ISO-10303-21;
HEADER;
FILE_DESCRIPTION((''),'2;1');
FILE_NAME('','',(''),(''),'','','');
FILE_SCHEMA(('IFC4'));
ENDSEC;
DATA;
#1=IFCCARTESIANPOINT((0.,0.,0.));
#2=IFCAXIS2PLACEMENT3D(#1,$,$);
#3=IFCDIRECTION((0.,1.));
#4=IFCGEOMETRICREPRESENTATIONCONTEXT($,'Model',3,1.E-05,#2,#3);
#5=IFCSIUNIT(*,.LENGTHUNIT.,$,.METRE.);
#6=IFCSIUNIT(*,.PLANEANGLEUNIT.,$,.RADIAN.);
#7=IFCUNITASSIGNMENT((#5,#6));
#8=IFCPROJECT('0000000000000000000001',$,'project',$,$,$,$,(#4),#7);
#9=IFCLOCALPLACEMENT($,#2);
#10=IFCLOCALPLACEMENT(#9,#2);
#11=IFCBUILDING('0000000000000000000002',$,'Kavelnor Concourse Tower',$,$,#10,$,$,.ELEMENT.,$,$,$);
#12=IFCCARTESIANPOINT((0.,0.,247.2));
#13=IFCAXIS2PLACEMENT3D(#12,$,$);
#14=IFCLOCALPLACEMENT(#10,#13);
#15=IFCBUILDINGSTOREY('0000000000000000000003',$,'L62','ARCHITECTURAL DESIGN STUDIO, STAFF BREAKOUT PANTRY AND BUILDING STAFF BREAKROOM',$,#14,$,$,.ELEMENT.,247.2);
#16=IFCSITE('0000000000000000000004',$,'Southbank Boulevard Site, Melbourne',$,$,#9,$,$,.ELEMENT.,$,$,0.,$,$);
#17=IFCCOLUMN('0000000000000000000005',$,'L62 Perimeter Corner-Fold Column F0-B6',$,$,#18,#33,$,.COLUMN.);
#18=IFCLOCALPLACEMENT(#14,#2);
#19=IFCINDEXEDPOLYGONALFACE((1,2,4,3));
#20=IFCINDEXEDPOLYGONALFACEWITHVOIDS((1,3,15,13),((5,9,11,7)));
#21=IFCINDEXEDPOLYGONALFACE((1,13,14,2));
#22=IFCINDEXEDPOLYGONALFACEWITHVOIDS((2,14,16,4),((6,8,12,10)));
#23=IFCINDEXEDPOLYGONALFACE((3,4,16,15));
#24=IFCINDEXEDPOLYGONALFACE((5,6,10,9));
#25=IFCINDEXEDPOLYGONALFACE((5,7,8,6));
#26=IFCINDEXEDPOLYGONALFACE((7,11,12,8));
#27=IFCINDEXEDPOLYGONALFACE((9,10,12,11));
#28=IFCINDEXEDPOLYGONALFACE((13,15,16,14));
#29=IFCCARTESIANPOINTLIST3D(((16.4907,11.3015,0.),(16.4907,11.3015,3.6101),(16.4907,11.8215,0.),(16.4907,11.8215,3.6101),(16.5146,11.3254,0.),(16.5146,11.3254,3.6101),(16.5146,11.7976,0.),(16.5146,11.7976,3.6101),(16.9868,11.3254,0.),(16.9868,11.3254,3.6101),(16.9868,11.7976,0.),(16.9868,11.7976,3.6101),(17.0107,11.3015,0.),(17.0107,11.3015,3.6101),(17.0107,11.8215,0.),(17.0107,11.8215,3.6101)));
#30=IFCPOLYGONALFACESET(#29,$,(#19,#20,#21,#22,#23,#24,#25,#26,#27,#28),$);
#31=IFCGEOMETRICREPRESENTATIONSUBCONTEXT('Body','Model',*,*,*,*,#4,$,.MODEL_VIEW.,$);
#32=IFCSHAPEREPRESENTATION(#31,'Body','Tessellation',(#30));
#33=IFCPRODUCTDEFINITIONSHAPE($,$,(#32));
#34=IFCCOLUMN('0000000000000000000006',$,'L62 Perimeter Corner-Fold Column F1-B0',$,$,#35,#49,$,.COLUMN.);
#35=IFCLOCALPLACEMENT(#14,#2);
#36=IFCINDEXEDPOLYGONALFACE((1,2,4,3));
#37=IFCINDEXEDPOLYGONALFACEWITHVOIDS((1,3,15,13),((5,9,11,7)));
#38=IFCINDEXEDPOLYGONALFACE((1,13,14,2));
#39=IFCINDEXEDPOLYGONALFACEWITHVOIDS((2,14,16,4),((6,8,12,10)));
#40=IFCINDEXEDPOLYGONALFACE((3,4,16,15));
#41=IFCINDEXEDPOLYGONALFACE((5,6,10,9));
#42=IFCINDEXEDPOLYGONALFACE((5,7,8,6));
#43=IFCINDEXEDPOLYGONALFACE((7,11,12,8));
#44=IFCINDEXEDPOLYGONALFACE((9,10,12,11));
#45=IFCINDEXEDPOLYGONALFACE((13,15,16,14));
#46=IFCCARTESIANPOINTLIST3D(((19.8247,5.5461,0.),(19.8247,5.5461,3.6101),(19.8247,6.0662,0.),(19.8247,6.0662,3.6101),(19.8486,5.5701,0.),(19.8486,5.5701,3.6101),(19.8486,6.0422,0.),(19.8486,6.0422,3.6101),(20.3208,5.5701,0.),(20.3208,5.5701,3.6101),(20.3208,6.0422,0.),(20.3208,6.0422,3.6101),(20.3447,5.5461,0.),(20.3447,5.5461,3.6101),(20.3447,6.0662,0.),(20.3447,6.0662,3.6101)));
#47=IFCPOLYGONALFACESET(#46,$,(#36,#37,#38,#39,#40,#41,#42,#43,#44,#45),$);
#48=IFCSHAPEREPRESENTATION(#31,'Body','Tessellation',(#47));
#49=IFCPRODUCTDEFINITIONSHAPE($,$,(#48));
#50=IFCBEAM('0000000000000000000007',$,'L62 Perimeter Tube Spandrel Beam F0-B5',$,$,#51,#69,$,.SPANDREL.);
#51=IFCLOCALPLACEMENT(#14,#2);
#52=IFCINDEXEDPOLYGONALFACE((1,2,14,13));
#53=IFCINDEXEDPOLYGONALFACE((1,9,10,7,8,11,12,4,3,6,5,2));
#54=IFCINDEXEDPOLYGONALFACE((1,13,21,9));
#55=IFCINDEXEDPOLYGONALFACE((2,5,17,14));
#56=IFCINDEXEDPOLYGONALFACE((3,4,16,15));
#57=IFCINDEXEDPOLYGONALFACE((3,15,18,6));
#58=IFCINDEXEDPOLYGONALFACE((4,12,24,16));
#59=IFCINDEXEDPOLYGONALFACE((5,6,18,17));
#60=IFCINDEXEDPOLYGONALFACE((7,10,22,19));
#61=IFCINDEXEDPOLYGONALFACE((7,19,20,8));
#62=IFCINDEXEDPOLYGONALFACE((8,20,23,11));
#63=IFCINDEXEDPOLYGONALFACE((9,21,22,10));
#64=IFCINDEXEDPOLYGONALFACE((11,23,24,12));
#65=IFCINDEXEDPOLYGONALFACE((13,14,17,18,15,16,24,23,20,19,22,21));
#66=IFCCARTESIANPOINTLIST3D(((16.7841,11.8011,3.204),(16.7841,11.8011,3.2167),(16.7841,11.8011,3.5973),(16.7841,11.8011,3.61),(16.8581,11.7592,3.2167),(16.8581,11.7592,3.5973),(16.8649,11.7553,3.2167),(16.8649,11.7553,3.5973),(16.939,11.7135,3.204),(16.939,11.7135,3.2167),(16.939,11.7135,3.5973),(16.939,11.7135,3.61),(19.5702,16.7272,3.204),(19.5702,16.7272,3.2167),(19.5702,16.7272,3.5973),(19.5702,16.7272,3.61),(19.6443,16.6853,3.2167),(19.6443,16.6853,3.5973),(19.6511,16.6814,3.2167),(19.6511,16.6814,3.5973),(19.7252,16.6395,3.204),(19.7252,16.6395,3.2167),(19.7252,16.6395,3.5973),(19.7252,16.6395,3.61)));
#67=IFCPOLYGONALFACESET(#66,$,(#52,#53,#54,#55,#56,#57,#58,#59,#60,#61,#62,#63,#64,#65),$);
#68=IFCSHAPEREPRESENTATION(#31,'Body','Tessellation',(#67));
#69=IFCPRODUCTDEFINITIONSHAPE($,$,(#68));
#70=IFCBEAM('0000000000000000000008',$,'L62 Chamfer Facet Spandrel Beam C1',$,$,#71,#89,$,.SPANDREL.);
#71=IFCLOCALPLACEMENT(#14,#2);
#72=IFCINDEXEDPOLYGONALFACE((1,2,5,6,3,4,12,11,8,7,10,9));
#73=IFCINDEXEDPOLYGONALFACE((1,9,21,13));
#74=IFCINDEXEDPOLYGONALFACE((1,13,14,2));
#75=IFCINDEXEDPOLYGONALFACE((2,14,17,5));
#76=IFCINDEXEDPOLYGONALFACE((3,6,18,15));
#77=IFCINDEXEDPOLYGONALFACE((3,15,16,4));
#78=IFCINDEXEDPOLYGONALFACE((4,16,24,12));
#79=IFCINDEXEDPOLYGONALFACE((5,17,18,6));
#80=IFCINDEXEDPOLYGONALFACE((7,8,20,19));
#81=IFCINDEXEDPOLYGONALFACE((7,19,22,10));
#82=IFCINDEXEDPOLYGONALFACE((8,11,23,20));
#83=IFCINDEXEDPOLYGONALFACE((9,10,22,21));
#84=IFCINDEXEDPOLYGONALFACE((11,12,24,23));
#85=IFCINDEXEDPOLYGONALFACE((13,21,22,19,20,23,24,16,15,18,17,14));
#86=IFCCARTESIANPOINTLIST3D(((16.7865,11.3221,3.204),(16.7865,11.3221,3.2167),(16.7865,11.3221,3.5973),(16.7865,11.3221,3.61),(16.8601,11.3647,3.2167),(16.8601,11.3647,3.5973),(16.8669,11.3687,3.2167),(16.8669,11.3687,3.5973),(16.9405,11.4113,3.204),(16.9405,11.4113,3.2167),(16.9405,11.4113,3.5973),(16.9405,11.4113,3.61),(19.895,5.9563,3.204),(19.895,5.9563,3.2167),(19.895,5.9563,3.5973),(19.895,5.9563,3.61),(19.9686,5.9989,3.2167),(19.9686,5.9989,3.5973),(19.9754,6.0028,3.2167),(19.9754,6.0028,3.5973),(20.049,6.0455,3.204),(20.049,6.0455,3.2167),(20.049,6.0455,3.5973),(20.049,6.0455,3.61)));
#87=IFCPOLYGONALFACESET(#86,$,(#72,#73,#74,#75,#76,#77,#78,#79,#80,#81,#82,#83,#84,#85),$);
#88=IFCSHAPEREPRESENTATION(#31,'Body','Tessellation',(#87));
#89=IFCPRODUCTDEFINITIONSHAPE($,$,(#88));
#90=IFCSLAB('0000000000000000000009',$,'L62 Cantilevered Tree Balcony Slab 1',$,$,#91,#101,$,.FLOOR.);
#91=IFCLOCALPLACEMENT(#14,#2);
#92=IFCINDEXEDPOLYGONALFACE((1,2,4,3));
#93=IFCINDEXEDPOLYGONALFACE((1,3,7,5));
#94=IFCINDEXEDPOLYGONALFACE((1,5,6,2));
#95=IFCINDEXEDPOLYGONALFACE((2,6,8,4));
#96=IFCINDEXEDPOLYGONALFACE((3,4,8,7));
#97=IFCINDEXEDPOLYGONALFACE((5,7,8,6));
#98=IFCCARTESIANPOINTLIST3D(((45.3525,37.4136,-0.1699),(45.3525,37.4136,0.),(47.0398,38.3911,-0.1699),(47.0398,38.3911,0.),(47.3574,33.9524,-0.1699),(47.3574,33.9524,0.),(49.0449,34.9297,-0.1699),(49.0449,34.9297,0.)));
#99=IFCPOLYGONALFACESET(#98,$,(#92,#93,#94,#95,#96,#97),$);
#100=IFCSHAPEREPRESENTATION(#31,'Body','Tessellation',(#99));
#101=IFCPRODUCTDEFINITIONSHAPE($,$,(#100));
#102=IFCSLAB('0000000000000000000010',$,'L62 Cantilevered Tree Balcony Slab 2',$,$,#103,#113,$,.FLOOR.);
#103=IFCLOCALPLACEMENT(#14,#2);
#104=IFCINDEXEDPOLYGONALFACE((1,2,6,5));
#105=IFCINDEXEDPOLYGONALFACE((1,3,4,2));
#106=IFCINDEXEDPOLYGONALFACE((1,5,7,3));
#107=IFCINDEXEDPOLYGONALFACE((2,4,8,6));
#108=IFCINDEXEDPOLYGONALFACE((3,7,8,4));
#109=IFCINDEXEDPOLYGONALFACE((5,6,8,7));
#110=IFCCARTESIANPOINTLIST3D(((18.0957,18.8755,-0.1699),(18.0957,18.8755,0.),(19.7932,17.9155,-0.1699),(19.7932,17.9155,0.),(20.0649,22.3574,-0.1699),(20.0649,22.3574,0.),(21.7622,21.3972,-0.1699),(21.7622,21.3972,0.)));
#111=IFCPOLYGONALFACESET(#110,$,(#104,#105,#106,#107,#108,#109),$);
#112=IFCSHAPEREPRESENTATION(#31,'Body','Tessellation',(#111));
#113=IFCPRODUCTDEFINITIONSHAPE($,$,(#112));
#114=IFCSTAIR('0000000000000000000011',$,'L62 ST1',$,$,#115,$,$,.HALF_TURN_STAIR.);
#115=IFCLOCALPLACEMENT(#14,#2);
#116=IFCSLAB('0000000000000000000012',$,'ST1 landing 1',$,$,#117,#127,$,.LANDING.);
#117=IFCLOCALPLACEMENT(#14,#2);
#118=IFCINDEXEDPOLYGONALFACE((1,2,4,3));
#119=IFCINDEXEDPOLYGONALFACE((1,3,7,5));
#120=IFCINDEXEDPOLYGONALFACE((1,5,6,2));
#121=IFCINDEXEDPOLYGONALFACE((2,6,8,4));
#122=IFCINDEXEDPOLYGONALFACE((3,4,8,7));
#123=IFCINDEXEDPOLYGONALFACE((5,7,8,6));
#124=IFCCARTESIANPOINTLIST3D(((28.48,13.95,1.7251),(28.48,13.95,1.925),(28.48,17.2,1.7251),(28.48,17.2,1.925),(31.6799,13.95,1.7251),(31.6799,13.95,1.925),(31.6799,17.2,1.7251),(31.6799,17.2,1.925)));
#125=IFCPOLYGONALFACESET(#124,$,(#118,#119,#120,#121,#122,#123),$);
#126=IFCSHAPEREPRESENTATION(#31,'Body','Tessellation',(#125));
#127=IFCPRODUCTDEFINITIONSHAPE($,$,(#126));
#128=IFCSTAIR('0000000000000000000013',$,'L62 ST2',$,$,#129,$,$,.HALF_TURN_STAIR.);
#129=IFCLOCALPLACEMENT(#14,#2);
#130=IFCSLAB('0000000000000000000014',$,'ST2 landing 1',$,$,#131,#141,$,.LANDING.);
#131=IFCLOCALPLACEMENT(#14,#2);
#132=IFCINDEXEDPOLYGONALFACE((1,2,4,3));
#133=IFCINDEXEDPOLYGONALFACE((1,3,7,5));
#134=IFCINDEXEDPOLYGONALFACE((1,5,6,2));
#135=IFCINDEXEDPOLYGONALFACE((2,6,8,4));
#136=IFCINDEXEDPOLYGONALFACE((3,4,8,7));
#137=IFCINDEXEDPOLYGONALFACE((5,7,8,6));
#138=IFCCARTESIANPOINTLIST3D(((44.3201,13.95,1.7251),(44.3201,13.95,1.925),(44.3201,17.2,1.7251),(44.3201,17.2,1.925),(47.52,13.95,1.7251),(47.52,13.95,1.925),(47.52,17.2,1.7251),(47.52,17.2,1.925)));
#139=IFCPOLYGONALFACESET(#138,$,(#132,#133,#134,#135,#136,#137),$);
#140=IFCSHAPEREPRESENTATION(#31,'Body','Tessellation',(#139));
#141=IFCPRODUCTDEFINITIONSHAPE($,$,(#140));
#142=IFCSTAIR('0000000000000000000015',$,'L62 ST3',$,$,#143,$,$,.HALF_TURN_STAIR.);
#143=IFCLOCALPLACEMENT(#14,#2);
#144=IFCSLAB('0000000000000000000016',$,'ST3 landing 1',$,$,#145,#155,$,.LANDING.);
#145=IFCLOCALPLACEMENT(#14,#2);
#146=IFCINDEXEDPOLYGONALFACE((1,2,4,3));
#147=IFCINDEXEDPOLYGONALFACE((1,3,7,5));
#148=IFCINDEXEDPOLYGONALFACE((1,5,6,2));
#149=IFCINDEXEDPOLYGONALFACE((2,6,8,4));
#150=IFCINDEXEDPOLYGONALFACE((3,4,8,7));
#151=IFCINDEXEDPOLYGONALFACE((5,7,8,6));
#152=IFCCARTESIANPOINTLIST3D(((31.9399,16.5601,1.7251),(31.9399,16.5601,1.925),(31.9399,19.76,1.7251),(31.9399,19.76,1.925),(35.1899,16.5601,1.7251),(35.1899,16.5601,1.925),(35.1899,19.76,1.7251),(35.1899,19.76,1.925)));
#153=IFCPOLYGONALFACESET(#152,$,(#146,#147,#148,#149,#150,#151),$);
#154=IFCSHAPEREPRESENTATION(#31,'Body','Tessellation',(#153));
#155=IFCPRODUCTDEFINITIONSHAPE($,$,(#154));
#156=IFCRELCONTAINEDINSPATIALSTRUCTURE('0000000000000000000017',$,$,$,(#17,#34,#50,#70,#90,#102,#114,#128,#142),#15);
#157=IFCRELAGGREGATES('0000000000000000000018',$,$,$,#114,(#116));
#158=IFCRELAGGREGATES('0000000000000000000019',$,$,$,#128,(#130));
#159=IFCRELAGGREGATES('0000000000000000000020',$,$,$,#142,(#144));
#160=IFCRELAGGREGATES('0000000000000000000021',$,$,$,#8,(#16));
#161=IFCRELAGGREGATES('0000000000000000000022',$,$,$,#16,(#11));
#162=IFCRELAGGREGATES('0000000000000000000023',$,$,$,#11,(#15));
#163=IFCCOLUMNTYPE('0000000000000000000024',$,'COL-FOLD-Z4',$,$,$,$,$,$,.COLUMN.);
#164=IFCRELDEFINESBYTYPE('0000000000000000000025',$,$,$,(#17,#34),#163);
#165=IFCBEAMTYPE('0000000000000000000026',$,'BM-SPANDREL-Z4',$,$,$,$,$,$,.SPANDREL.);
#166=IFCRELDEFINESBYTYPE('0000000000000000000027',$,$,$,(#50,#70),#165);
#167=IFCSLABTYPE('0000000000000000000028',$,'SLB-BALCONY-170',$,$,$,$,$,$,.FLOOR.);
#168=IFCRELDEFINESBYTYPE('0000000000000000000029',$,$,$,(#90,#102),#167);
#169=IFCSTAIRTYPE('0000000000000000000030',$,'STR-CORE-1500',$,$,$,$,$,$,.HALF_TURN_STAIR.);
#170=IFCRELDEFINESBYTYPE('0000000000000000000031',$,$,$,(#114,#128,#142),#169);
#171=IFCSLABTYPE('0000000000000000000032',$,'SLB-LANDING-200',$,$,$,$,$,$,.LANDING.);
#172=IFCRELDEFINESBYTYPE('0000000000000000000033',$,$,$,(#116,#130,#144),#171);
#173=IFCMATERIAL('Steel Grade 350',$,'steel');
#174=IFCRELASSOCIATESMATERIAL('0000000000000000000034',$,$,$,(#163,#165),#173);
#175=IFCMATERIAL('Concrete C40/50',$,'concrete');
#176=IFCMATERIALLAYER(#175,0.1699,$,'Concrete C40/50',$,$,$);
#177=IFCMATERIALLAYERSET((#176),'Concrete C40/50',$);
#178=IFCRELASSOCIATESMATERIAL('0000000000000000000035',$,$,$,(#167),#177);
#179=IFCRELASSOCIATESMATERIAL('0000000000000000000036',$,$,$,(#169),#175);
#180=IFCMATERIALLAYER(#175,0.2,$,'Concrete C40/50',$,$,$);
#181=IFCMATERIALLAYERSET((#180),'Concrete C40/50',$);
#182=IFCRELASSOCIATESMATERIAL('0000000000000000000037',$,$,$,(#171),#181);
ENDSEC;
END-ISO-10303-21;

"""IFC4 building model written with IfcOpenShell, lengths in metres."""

from ifc_helpers import new_model, si_unit, direction, frame, origin, origin_2d, place, context, subcontext, project, spatial, polyline, hollow_rectangle, i_section, outline, extrude, material, layer, layer_set, material_profile, profile_set, type_object, element, aggregate, save


model = new_model("IFC4")

# Units and contexts
model_context = context("Model", 3, precision=1e-05, world=origin(), true_north=direction((0.0, 1.0)))
body_context = subcontext(model_context, "Body", "Model", "MODEL_VIEW")
ifc_project = project(units=[si_unit("LENGTHUNIT", "METRE"), si_unit("PLANEANGLEUNIT", "RADIAN")], contexts=[model_context])

# Site, building, storey
site_placement = place(None, origin())
site = spatial("IfcSite", under=ifc_project, at=site_placement, Name="Southbank Boulevard Site, Melbourne", CompositionType="ELEMENT", RefElevation=0.0)
building_placement = place(site_placement, origin())
building = spatial("IfcBuilding", under=site, at=building_placement, Name="Kavelnor Concourse Tower", CompositionType="ELEMENT")
storey_placement = place(building_placement, frame((0.0, 0.0, 247.2)))
storey = spatial("IfcBuildingStorey", under=building, at=storey_placement, Name="L62", Description="ARCHITECTURAL DESIGN STUDIO, STAFF BREAKOUT PANTRY AND BUILDING STAFF BREAKROOM", CompositionType="ELEMENT", Elevation=247.2)

# Columns
ifc_material_1 = material(Name="Steel Grade 350", Category="steel")
ifc_material_profile_1 = material_profile(ifc_material_1, hollow_rectangle(XDim=0.52, YDim=0.52, WallThickness=0.0239, at=origin_2d()), Name="SHS 520x520x24")
ifc_profile_set_1 = profile_set([ifc_material_profile_1], Name="Steel Grade 350")
column_type = type_object("IfcColumnType", Name="COL-FOLD-Z4", PredefinedType="COLUMN", material=ifc_profile_set_1)
for number, where, z_axis, x_axis, name in (
    (1, (16.7507, 11.5615, 0.0), (0.0, 0.0, 1.0), (1.0, 0.0, 0.0), "L62 Perimeter Corner-Fold Column F0-B6"),
    (2, (20.0847, 5.8062, 0.0), (0.0, 0.0, 1.0), (1.0, 0.0, 0.0), "L62 Perimeter Corner-Fold Column F1-B0"),
):
    element("IfcColumn", number, at=place(storey_placement, frame(where, z_axis=z_axis, x_axis=x_axis)), inside=storey, type_object=column_type, Name=name, PredefinedType="COLUMN", context=body_context, shape_type="SweptSolid", body=[
        extrude(hollow_rectangle(XDim=0.52, YDim=0.52, WallThickness=0.0239, at=origin_2d()), origin(), (0.0, 0.0, 1.0), 3.6101),
    ])

# Beams
ifc_material_profile_2 = material_profile(ifc_material_1, i_section(OverallWidth=0.178, OverallDepth=0.406, WebThickness=0.0078, FlangeThickness=0.0127, at=origin_2d()), Name="410UB59")
ifc_profile_set_2 = profile_set([ifc_material_profile_2], Name="Steel Grade 350")
beam_type = type_object("IfcBeamType", Name="BM-SPANDREL-Z4", PredefinedType="SPANDREL", material=ifc_profile_set_2)
beam_1_placement = place(storey_placement, frame((19.6477, 16.6833, 3.407), z_axis=(-0.492306, -0.870422, 0.0), x_axis=(0.870422, -0.492306, 0.0)))
element("IfcBeam", 3, at=beam_1_placement, inside=storey, type_object=beam_type, Name="L62 Perimeter Tube Spandrel Beam F0-B5", PredefinedType="SPANDREL", context=body_context, shape_type="SweptSolid", body=[
    extrude(i_section(OverallWidth=0.178, OverallDepth=0.406, WebThickness=0.0078, FlangeThickness=0.0127, at=origin_2d()), origin(), (0.0, 0.0, 1.0), 5.6594),
])
beam_2_placement = place(storey_placement, frame((16.8635, 11.3667, 3.407), z_axis=(0.501269, -0.865291, 0.0), x_axis=(0.865291, 0.501269, 0.0)))
element("IfcBeam", 4, at=beam_2_placement, inside=storey, type_object=beam_type, Name="L62 Chamfer Facet Spandrel Beam C1", PredefinedType="SPANDREL", context=body_context, shape_type="SweptSolid", body=[
    extrude(i_section(OverallWidth=0.178, OverallDepth=0.406, WebThickness=0.0078, FlangeThickness=0.0127, at=origin_2d()), origin(), (0.0, 0.0, 1.0), 6.2012),
])

# Slabs
ifc_material_2 = material(Name="Concrete C40/50", Category="concrete")
ifc_layer_1 = layer(ifc_material_2, 0.1699, Name="Concrete C40/50")
ifc_layer_set_1 = layer_set([ifc_layer_1], Name="Concrete C40/50")
slab_type_1 = type_object("IfcSlabType", Name="SLB-BALCONY-170", PredefinedType="FLOOR", material=ifc_layer_set_1)
slab_1_placement = place(storey_placement, frame((0.0, 0.0, -0.1699)))
element("IfcSlab", 5, at=slab_1_placement, inside=storey, type_object=slab_type_1, Name="L62 Cantilevered Tree Balcony Slab 1", PredefinedType="FLOOR", context=body_context, shape_type="SweptSolid", body=[
    extrude(outline(polyline([(47.0398, 38.3911), (49.0449, 34.9297), (47.3574, 33.9524), (45.3525, 37.4136), (47.0398, 38.3911)])), origin(), (0.0, 0.0, 1.0), 0.1699),
])
slab_2_placement = place(storey_placement, frame((0.0, 0.0, -0.1699)))
element("IfcSlab", 6, at=slab_2_placement, inside=storey, type_object=slab_type_1, Name="L62 Cantilevered Tree Balcony Slab 2", PredefinedType="FLOOR", context=body_context, shape_type="SweptSolid", body=[
    extrude(outline(polyline([(18.0957, 18.8755), (20.0649, 22.3574), (21.7622, 21.3972), (19.7932, 17.9155), (18.0957, 18.8755)])), origin(), (0.0, 0.0, 1.0), 0.1699),
])

# Stairs, slabs
stair_type = type_object("IfcStairType", Name="STR-CORE-1500", PredefinedType="HALF_TURN_STAIR", material=ifc_material_2)
stair_1_placement = place(storey_placement, origin())
stair_1 = element("IfcStair", 7, at=stair_1_placement, inside=storey, type_object=stair_type, Name="L62 ST1", PredefinedType="HALF_TURN_STAIR")
ifc_layer_2 = layer(ifc_material_2, 0.2, Name="Concrete C40/50")
ifc_layer_set_2 = layer_set([ifc_layer_2], Name="Concrete C40/50")
slab_type_2 = type_object("IfcSlabType", Name="SLB-LANDING-200", PredefinedType="LANDING", material=ifc_layer_set_2)
slab_3_placement = place(storey_placement, frame((0.0, 0.0, 1.7251)))
slab_3 = element("IfcSlab", 8, at=slab_3_placement, type_object=slab_type_2, Name="ST1 landing 1", PredefinedType="LANDING", context=body_context, shape_type="SweptSolid", body=[
    extrude(outline(polyline([(31.6799, 13.95), (31.6799, 17.2), (28.48, 17.2), (28.48, 13.95), (31.6799, 13.95)])), origin(), (0.0, 0.0, 1.0), 0.2),
])
aggregate(stair_1, [slab_3])
stair_2_placement = place(storey_placement, origin())
stair_2 = element("IfcStair", 9, at=stair_2_placement, inside=storey, type_object=stair_type, Name="L62 ST2", PredefinedType="HALF_TURN_STAIR")
slab_4_placement = place(storey_placement, frame((0.0, 0.0, 1.7251)))
slab_4 = element("IfcSlab", 10, at=slab_4_placement, type_object=slab_type_2, Name="ST2 landing 1", PredefinedType="LANDING", context=body_context, shape_type="SweptSolid", body=[
    extrude(outline(polyline([(47.52, 13.95), (47.52, 17.2), (44.3201, 17.2), (44.3201, 13.95), (47.52, 13.95)])), origin(), (0.0, 0.0, 1.0), 0.2),
])
aggregate(stair_2, [slab_4])
stair_3_placement = place(storey_placement, origin())
stair_3 = element("IfcStair", 11, at=stair_3_placement, inside=storey, type_object=stair_type, Name="L62 ST3", PredefinedType="HALF_TURN_STAIR")
slab_5_placement = place(storey_placement, frame((0.0, 0.0, 1.7251)))
slab_5 = element("IfcSlab", 12, at=slab_5_placement, type_object=slab_type_2, Name="ST3 landing 1", PredefinedType="LANDING", context=body_context, shape_type="SweptSolid", body=[
    extrude(outline(polyline([(35.1899, 19.76), (31.9399, 19.76), (31.9399, 16.5601), (35.1899, 16.5601), (35.1899, 19.76)])), origin(), (0.0, 0.0, 1.0), 0.2),
])
aggregate(stair_3, [slab_5])

save(model, "model.ifc")
